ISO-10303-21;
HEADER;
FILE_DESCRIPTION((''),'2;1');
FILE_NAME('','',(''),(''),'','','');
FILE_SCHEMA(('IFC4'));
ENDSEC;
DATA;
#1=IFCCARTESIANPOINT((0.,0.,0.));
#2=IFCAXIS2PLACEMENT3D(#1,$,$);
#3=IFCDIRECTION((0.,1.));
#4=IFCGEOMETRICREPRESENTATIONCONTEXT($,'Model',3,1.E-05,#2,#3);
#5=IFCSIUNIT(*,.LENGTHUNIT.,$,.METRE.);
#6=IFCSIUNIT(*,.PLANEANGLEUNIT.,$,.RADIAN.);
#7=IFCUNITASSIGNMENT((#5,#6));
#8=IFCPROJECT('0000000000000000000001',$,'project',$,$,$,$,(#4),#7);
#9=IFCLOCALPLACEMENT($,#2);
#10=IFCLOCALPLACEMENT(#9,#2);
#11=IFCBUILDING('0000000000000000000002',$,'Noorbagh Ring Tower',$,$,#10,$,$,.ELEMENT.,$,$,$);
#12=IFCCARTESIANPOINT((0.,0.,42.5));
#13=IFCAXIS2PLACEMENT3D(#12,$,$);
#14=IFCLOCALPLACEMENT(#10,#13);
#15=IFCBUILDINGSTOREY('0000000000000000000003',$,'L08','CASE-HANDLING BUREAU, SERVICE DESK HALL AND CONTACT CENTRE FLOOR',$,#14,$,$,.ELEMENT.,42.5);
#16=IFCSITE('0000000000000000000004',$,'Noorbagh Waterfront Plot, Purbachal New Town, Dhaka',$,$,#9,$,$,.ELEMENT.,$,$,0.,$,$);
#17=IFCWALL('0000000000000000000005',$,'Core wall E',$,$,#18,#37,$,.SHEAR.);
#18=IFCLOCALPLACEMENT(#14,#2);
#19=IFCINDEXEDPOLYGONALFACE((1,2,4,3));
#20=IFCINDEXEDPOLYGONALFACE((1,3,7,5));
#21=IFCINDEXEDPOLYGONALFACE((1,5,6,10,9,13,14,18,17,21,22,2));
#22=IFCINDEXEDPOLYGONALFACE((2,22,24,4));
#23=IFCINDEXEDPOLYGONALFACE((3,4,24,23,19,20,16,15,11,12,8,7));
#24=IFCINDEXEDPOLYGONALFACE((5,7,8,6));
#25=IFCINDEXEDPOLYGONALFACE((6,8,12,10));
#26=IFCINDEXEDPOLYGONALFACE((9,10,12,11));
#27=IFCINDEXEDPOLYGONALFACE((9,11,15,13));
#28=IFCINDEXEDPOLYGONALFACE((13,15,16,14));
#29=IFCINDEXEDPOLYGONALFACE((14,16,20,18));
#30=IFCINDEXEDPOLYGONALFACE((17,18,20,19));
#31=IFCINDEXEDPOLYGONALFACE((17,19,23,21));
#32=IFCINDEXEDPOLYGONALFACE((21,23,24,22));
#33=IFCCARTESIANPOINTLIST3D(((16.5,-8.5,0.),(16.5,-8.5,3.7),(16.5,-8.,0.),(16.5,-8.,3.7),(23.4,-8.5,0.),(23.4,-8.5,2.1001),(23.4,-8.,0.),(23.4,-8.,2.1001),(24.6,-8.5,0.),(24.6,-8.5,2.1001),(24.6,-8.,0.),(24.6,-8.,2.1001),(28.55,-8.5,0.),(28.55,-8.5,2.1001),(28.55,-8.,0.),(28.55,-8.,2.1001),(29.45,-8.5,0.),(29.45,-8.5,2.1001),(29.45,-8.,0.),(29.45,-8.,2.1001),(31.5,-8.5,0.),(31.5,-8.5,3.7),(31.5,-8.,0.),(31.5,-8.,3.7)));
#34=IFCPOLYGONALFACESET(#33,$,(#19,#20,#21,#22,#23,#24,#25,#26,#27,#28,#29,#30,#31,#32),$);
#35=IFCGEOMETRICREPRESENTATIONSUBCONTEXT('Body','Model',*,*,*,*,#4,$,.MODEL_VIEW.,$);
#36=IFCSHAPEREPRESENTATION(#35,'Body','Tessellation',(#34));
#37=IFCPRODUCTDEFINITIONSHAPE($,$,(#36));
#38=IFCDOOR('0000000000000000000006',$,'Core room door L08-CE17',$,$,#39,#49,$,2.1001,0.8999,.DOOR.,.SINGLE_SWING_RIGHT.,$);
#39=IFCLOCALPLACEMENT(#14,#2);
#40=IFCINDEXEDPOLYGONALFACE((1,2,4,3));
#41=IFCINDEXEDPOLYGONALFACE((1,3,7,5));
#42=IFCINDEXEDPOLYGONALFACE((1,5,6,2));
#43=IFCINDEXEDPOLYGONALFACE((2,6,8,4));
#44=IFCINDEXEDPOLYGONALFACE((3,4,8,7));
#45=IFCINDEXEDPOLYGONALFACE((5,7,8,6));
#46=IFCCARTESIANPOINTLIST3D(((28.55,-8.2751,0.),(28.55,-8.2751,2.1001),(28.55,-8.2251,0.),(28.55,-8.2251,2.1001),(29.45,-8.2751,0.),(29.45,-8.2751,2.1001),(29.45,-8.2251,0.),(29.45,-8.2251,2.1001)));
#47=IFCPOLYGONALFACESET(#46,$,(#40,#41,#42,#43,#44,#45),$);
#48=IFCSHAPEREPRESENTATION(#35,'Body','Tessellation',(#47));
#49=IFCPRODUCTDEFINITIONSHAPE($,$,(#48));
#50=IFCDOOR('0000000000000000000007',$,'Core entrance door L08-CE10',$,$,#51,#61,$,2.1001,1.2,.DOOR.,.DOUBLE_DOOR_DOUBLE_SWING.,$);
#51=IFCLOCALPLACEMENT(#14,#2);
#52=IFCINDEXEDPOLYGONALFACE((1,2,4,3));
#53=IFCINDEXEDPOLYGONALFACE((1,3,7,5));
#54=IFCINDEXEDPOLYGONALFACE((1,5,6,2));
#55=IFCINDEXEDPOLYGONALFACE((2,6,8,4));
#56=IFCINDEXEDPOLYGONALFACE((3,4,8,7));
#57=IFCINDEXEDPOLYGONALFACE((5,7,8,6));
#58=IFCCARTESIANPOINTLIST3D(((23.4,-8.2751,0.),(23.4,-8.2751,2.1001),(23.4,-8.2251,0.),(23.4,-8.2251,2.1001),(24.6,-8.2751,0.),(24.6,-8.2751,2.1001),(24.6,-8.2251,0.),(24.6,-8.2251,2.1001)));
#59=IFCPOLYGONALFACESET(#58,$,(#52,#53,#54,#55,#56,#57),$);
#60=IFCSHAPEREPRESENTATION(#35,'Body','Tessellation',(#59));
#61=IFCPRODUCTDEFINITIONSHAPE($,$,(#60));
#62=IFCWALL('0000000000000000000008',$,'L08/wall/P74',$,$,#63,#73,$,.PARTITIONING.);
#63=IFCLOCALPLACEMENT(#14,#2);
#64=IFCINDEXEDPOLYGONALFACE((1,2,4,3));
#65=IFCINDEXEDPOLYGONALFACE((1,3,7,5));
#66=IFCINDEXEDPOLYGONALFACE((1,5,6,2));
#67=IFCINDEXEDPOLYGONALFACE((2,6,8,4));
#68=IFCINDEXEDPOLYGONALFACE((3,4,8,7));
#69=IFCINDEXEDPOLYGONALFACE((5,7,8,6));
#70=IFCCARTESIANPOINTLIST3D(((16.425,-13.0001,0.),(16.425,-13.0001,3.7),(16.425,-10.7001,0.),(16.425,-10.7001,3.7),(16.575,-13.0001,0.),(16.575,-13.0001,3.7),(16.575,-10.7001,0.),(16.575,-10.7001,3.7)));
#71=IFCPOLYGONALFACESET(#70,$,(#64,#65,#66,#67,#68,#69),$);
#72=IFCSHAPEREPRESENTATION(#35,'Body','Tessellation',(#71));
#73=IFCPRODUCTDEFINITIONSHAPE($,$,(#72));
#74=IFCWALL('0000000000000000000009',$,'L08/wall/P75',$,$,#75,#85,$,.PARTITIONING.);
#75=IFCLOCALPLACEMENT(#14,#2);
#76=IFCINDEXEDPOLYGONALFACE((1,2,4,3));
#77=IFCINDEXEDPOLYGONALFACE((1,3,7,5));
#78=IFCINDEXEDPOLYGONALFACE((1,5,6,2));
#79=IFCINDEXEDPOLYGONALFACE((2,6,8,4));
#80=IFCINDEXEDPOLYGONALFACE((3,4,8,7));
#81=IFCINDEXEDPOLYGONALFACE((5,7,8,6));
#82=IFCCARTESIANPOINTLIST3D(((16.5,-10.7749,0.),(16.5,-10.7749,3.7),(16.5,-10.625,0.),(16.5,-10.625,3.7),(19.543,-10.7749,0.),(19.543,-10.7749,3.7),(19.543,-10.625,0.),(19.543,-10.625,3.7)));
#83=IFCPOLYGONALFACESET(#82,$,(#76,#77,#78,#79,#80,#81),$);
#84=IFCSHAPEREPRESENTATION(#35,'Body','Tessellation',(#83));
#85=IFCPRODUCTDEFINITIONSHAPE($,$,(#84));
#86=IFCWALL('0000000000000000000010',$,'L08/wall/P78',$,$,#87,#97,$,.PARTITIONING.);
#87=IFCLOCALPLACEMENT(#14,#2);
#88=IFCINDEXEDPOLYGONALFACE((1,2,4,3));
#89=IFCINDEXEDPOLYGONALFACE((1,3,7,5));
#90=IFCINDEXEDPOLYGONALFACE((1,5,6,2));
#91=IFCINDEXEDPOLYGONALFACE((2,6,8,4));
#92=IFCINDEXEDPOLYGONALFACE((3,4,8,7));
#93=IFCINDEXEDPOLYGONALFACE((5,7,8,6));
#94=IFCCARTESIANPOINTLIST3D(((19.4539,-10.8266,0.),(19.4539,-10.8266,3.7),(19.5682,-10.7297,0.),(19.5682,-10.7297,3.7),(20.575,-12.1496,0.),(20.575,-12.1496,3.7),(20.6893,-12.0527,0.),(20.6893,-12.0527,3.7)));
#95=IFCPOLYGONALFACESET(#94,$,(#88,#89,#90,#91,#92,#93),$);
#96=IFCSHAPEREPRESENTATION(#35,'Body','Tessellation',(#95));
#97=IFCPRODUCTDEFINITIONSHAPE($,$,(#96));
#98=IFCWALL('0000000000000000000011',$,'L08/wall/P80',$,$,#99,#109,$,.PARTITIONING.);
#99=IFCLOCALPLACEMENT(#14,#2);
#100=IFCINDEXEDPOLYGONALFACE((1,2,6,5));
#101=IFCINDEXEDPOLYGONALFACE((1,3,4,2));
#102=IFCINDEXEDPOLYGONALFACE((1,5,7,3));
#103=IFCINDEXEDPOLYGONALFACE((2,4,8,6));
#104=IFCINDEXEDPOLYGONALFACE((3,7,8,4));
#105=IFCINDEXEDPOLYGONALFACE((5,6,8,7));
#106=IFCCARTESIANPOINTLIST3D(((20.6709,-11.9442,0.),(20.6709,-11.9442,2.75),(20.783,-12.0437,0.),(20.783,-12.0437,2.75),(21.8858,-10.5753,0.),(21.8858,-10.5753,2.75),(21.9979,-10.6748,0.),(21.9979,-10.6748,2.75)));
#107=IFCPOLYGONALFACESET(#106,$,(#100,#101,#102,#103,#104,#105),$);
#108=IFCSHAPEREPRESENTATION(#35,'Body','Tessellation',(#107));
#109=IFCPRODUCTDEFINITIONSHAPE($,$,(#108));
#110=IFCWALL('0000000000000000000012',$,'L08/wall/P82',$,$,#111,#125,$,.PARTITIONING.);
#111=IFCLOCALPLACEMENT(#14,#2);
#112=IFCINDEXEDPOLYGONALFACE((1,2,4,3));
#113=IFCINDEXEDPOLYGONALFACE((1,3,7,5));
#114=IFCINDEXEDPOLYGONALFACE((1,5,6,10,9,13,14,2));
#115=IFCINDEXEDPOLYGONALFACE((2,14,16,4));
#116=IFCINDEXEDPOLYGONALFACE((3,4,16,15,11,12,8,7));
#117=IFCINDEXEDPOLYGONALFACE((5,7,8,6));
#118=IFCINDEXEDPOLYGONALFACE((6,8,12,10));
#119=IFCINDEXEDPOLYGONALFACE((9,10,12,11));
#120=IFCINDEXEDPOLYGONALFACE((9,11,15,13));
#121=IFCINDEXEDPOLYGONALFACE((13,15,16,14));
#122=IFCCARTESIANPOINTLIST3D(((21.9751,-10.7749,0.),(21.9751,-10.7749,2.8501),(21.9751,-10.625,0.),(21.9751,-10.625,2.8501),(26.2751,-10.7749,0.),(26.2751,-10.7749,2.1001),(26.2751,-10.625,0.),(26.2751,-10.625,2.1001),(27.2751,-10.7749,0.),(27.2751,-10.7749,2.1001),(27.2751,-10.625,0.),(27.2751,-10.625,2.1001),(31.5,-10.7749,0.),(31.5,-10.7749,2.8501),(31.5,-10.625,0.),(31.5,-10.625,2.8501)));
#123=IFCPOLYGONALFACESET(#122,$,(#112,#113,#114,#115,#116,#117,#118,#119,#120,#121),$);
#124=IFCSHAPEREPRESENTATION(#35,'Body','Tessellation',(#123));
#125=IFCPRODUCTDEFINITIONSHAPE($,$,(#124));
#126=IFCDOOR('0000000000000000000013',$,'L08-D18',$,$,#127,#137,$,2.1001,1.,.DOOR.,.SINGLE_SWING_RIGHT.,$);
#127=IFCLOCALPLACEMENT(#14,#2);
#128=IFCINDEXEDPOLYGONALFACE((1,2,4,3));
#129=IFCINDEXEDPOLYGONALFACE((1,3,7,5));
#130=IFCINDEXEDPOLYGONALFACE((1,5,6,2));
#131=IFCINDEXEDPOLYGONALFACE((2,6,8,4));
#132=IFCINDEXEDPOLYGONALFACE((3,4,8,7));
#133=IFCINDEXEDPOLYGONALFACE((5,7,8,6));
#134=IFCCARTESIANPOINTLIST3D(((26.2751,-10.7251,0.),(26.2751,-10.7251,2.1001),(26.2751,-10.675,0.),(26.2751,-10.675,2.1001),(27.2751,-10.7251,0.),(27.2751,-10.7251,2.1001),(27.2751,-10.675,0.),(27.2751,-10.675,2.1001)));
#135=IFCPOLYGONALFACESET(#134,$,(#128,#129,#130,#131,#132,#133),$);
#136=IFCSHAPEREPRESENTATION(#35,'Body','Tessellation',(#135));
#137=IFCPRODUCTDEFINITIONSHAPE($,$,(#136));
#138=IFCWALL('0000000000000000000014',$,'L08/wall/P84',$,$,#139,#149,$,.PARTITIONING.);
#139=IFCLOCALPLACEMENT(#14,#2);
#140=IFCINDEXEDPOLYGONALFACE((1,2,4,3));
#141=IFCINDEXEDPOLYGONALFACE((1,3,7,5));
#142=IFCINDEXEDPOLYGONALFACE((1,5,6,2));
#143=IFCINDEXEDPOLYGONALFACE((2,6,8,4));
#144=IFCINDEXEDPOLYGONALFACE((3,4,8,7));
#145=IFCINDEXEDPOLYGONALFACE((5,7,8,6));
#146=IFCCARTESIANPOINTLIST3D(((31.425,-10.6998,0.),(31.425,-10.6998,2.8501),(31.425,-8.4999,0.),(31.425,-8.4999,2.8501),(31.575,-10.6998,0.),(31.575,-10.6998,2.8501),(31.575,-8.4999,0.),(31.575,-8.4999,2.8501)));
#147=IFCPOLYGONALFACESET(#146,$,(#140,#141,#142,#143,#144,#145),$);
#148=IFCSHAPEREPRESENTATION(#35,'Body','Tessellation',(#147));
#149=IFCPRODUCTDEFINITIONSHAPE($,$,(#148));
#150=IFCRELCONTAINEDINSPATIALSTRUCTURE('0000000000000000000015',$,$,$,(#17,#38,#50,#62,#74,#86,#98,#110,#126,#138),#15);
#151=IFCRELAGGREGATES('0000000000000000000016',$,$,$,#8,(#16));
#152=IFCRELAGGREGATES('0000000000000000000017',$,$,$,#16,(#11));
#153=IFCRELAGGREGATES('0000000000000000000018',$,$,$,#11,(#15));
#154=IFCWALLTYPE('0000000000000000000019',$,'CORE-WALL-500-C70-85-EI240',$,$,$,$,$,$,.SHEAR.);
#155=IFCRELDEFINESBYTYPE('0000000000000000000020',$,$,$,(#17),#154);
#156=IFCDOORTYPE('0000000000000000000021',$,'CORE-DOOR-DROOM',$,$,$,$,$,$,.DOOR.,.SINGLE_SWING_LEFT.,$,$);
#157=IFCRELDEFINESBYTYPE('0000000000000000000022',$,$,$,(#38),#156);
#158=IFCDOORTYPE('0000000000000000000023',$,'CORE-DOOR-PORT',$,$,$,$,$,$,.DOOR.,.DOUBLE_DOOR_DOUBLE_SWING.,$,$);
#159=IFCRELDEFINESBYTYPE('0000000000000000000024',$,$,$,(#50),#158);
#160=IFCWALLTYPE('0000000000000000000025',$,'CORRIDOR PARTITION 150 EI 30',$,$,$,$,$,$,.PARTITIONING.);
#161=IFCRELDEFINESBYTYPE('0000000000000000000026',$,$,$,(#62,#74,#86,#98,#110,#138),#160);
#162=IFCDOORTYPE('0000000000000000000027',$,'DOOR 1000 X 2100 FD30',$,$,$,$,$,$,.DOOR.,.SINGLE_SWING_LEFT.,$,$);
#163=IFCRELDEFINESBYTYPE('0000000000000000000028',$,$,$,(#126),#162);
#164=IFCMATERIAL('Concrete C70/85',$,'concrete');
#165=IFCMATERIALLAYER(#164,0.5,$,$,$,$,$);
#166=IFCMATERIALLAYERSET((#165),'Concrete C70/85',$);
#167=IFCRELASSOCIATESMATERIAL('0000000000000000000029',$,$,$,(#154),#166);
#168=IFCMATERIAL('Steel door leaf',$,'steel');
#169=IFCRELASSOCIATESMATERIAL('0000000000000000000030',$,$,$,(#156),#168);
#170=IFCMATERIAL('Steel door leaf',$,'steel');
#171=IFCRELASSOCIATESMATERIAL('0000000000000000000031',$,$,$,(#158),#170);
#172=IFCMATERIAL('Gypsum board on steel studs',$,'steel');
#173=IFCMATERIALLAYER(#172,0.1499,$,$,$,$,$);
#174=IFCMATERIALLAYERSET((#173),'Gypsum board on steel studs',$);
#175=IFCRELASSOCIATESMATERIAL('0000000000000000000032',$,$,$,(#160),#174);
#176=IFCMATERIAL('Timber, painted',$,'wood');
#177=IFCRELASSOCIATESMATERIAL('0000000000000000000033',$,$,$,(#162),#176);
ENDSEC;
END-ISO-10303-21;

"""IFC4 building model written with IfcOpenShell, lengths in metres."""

from ifc_helpers import new_model, si_unit, direction, frame, frame_2d, origin, place, context, subcontext, project, spatial, rectangle, extrude, material, layer, layer_set, type_object, element, fill, save


model = new_model("IFC4")

# Units and contexts
model_context = context("Model", 3, precision=1e-05, world=origin(), true_north=direction((0.0, 1.0)))
body_context = subcontext(model_context, "Body", "Model", "MODEL_VIEW")
ifc_project = project(units=[si_unit("LENGTHUNIT", "METRE"), si_unit("PLANEANGLEUNIT", "RADIAN")], contexts=[model_context])

# Site, building, storey
site_placement = place(None, origin())
site = spatial("IfcSite", under=ifc_project, at=site_placement, Name="Noorbagh Waterfront Plot, Purbachal New Town, Dhaka", CompositionType="ELEMENT", RefElevation=0.0)
building_placement = place(site_placement, origin())
building = spatial("IfcBuilding", under=site, at=building_placement, Name="Noorbagh Ring Tower", CompositionType="ELEMENT")
storey_placement = place(building_placement, frame((0.0, 0.0, 42.5)))
storey = spatial("IfcBuildingStorey", under=building, at=storey_placement, Name="L08", Description="CASE-HANDLING BUREAU, SERVICE DESK HALL AND CONTACT CENTRE FLOOR", CompositionType="ELEMENT", Elevation=42.5)

# Wall, openings, doors
ifc_material_1 = material(Name="Concrete C70/85", Category="concrete")
ifc_layer_1 = layer(ifc_material_1, 0.5)
ifc_layer_set_1 = layer_set([ifc_layer_1], Name="Concrete C70/85")
wall_type_1 = type_object("IfcWallType", Name="CORE-WALL-500-C70-85-EI240", PredefinedType="SHEAR", material=ifc_layer_set_1)
wall_1_placement = place(storey_placement, frame((16.5, -8.25, 0.0), z_axis=(0.0, 0.0, 1.0), x_axis=(1.0, 0.0, 0.0)))
wall_1 = element("IfcWall", 1, at=wall_1_placement, inside=storey, type_object=wall_type_1, Name="Core wall E", PredefinedType="SHEAR", context=body_context, shape_type="SweptSolid", body=[
    extrude(rectangle(XDim=15.0, YDim=0.5, at=frame_2d((7.5, 0.0))), origin(), (0.0, 0.0, 1.0), 3.7),
])
opening_1_placement = place(wall_1_placement, frame((6.8999, 0.0, 0.0)))
opening_1 = element("IfcOpeningElement", 2, at=opening_1_placement, cuts=wall_1, PredefinedType="OPENING", context=body_context, shape_type="SweptSolid", body=[
    extrude(rectangle(XDim=1.2, YDim=2.1001, at=frame_2d((0.6001, 1.05))), frame((0.0, 0.26, 0.0), z_axis=(0.0, -1.0, 0.0), x_axis=(1.0, 0.0, 0.0)), (0.0, 0.0, 1.0), 0.52),
])
opening_2_placement = place(wall_1_placement, frame((12.05, 0.0, 0.0)))
opening_2 = element("IfcOpeningElement", 3, at=opening_2_placement, cuts=wall_1, PredefinedType="OPENING", context=body_context, shape_type="SweptSolid", body=[
    extrude(rectangle(XDim=0.8999, YDim=2.1001, at=frame_2d((0.45, 1.05))), frame((0.0, 0.26, 0.0), z_axis=(0.0, -1.0, 0.0), x_axis=(1.0, 0.0, 0.0)), (0.0, 0.0, 1.0), 0.52),
])
ifc_material_2 = material(Name="Steel door leaf", Category="steel")
door_type_1 = type_object("IfcDoorType", Name="CORE-DOOR-DROOM", OperationType="SINGLE_SWING_LEFT", PredefinedType="DOOR", material=ifc_material_2)
door_1_placement = place(opening_2_placement, origin())
door_1 = element("IfcDoor", 4, at=door_1_placement, inside=storey, type_object=door_type_1, Name="Core room door L08-CE17", OperationType="SINGLE_SWING_RIGHT", OverallHeight=2.1001, OverallWidth=0.8999, PredefinedType="DOOR", context=body_context, shape_type="SweptSolid", body=[
    extrude(rectangle(XDim=0.8999, YDim=2.1001, at=frame_2d((0.45, 1.05))), frame((0.0, 0.0249, 0.0), z_axis=(0.0, -1.0, 0.0), x_axis=(1.0, 0.0, 0.0)), (0.0, 0.0, 1.0), 0.05),
])
fill(opening_2, door_1)
ifc_material_3 = material(Name="Steel door leaf", Category="steel")
door_type_2 = type_object("IfcDoorType", Name="CORE-DOOR-PORT", OperationType="DOUBLE_DOOR_DOUBLE_SWING", PredefinedType="DOOR", material=ifc_material_3)
door_2_placement = place(opening_1_placement, origin())
door_2 = element("IfcDoor", 5, at=door_2_placement, inside=storey, type_object=door_type_2, Name="Core entrance door L08-CE10", OperationType="DOUBLE_DOOR_DOUBLE_SWING", OverallHeight=2.1001, OverallWidth=1.2, PredefinedType="DOOR", context=body_context, shape_type="SweptSolid", body=[
    extrude(rectangle(XDim=1.2, YDim=2.1001, at=frame_2d((0.6001, 1.05))), frame((0.0, 0.0249, 0.0), z_axis=(0.0, -1.0, 0.0), x_axis=(1.0, 0.0, 0.0)), (0.0, 0.0, 1.0), 0.05),
])
fill(opening_1, door_2)

# Walls
ifc_material_4 = material(Name="Gypsum board on steel studs", Category="steel")
ifc_layer_2 = layer(ifc_material_4, 0.1499)
ifc_layer_set_2 = layer_set([ifc_layer_2], Name="Gypsum board on steel studs")
wall_type_2 = type_object("IfcWallType", Name="CORRIDOR PARTITION 150 EI 30", PredefinedType="PARTITIONING", material=ifc_layer_set_2)
wall_2_placement = place(storey_placement, frame((16.5, -13.0, 0.0), z_axis=(0.0, 0.0, 1.0), x_axis=(0.0, 1.0, 0.0)))
element("IfcWall", 6, at=wall_2_placement, inside=storey, type_object=wall_type_2, Name="L08/wall/P74", PredefinedType="PARTITIONING", context=body_context, shape_type="SweptSolid", body=[
    extrude(rectangle(XDim=2.3, YDim=0.1499, at=frame_2d((1.1499, 0.0))), origin(), (0.0, 0.0, 1.0), 3.7),
])
wall_3_placement = place(storey_placement, frame((16.5, -10.7, 0.0), z_axis=(0.0, 0.0, 1.0), x_axis=(1.0, 0.0, 0.0)))
element("IfcWall", 7, at=wall_3_placement, inside=storey, type_object=wall_type_2, Name="L08/wall/P75", PredefinedType="PARTITIONING", context=body_context, shape_type="SweptSolid", body=[
    extrude(rectangle(XDim=3.043, YDim=0.1499, at=frame_2d((1.5215, 0.0))), origin(), (0.0, 0.0, 1.0), 3.7),
])
wall_4_placement = place(storey_placement, frame((19.511, -10.7781, 0.0), z_axis=(0.0, 0.0, 1.0), x_axis=(0.646491, -0.762921, 0.0)))
element("IfcWall", 8, at=wall_4_placement, inside=storey, type_object=wall_type_2, Name="L08/wall/P78", PredefinedType="PARTITIONING", context=body_context, shape_type="SweptSolid", body=[
    extrude(rectangle(XDim=1.7341, YDim=0.1499, at=frame_2d((0.8672, 0.0))), origin(), (0.0, 0.0, 1.0), 3.7),
])
wall_5_placement = place(storey_placement, frame((20.7271, -11.9939, 0.0), z_axis=(0.0, 0.0, 1.0), x_axis=(0.663767, 0.747939, 0.0)))
element("IfcWall", 9, at=wall_5_placement, inside=storey, type_object=wall_type_2, Name="L08/wall/P80", PredefinedType="PARTITIONING", context=body_context, shape_type="SweptSolid", body=[
    extrude(rectangle(XDim=1.8303, YDim=0.1499, at=frame_2d((0.915, 0.0))), origin(), (0.0, 0.0, 1.0), 2.75),
])

# Wall, opening, door
wall_6_placement = place(storey_placement, frame((21.9751, -10.7, 0.0), z_axis=(0.0, 0.0, 1.0), x_axis=(1.0, 0.0, 0.0)))
wall_6 = element("IfcWall", 10, at=wall_6_placement, inside=storey, type_object=wall_type_2, Name="L08/wall/P82", PredefinedType="PARTITIONING", context=body_context, shape_type="SweptSolid", body=[
    extrude(rectangle(XDim=9.5249, YDim=0.1499, at=frame_2d((4.7625, 0.0))), origin(), (0.0, 0.0, 1.0), 2.8501),
])
opening_3_placement = place(wall_6_placement, frame((4.3, 0.0, 0.0)))
opening_3 = element("IfcOpeningElement", 11, at=opening_3_placement, cuts=wall_6, PredefinedType="OPENING", context=body_context, shape_type="SweptSolid", body=[
    extrude(rectangle(XDim=1.0, YDim=2.1001, at=frame_2d((0.5, 1.05))), frame((0.0, 0.085, 0.0), z_axis=(0.0, -1.0, 0.0), x_axis=(1.0, 0.0, 0.0)), (0.0, 0.0, 1.0), 0.1699),
])
ifc_material_5 = material(Name="Timber, painted", Category="wood")
door_type_3 = type_object("IfcDoorType", Name="DOOR 1000 X 2100 FD30", OperationType="SINGLE_SWING_LEFT", PredefinedType="DOOR", material=ifc_material_5)
door_3_placement = place(opening_3_placement, origin())
door_3 = element("IfcDoor", 12, at=door_3_placement, inside=storey, type_object=door_type_3, Name="L08-D18", OperationType="SINGLE_SWING_RIGHT", OverallHeight=2.1001, OverallWidth=1.0, PredefinedType="DOOR", context=body_context, shape_type="SweptSolid", body=[
    extrude(rectangle(XDim=1.0, YDim=2.1001, at=frame_2d((0.5, 1.05))), frame((0.0, 0.0249, 0.0), z_axis=(0.0, -1.0, 0.0), x_axis=(1.0, 0.0, 0.0)), (0.0, 0.0, 1.0), 0.05),
])
fill(opening_3, door_3)

# Wall
wall_7_placement = place(storey_placement, frame((31.5, -10.7, 0.0), z_axis=(0.0, 0.0, 1.0), x_axis=(0.0, 1.0, 0.0)))
element("IfcWall", 13, at=wall_7_placement, inside=storey, type_object=wall_type_2, Name="L08/wall/P84", PredefinedType="PARTITIONING", context=body_context, shape_type="SweptSolid", body=[
    extrude(rectangle(XDim=2.2, YDim=0.1499, at=frame_2d((1.1001, 0.0))), origin(), (0.0, 0.0, 1.0), 2.8501),
])

save(model, "model.ifc")
